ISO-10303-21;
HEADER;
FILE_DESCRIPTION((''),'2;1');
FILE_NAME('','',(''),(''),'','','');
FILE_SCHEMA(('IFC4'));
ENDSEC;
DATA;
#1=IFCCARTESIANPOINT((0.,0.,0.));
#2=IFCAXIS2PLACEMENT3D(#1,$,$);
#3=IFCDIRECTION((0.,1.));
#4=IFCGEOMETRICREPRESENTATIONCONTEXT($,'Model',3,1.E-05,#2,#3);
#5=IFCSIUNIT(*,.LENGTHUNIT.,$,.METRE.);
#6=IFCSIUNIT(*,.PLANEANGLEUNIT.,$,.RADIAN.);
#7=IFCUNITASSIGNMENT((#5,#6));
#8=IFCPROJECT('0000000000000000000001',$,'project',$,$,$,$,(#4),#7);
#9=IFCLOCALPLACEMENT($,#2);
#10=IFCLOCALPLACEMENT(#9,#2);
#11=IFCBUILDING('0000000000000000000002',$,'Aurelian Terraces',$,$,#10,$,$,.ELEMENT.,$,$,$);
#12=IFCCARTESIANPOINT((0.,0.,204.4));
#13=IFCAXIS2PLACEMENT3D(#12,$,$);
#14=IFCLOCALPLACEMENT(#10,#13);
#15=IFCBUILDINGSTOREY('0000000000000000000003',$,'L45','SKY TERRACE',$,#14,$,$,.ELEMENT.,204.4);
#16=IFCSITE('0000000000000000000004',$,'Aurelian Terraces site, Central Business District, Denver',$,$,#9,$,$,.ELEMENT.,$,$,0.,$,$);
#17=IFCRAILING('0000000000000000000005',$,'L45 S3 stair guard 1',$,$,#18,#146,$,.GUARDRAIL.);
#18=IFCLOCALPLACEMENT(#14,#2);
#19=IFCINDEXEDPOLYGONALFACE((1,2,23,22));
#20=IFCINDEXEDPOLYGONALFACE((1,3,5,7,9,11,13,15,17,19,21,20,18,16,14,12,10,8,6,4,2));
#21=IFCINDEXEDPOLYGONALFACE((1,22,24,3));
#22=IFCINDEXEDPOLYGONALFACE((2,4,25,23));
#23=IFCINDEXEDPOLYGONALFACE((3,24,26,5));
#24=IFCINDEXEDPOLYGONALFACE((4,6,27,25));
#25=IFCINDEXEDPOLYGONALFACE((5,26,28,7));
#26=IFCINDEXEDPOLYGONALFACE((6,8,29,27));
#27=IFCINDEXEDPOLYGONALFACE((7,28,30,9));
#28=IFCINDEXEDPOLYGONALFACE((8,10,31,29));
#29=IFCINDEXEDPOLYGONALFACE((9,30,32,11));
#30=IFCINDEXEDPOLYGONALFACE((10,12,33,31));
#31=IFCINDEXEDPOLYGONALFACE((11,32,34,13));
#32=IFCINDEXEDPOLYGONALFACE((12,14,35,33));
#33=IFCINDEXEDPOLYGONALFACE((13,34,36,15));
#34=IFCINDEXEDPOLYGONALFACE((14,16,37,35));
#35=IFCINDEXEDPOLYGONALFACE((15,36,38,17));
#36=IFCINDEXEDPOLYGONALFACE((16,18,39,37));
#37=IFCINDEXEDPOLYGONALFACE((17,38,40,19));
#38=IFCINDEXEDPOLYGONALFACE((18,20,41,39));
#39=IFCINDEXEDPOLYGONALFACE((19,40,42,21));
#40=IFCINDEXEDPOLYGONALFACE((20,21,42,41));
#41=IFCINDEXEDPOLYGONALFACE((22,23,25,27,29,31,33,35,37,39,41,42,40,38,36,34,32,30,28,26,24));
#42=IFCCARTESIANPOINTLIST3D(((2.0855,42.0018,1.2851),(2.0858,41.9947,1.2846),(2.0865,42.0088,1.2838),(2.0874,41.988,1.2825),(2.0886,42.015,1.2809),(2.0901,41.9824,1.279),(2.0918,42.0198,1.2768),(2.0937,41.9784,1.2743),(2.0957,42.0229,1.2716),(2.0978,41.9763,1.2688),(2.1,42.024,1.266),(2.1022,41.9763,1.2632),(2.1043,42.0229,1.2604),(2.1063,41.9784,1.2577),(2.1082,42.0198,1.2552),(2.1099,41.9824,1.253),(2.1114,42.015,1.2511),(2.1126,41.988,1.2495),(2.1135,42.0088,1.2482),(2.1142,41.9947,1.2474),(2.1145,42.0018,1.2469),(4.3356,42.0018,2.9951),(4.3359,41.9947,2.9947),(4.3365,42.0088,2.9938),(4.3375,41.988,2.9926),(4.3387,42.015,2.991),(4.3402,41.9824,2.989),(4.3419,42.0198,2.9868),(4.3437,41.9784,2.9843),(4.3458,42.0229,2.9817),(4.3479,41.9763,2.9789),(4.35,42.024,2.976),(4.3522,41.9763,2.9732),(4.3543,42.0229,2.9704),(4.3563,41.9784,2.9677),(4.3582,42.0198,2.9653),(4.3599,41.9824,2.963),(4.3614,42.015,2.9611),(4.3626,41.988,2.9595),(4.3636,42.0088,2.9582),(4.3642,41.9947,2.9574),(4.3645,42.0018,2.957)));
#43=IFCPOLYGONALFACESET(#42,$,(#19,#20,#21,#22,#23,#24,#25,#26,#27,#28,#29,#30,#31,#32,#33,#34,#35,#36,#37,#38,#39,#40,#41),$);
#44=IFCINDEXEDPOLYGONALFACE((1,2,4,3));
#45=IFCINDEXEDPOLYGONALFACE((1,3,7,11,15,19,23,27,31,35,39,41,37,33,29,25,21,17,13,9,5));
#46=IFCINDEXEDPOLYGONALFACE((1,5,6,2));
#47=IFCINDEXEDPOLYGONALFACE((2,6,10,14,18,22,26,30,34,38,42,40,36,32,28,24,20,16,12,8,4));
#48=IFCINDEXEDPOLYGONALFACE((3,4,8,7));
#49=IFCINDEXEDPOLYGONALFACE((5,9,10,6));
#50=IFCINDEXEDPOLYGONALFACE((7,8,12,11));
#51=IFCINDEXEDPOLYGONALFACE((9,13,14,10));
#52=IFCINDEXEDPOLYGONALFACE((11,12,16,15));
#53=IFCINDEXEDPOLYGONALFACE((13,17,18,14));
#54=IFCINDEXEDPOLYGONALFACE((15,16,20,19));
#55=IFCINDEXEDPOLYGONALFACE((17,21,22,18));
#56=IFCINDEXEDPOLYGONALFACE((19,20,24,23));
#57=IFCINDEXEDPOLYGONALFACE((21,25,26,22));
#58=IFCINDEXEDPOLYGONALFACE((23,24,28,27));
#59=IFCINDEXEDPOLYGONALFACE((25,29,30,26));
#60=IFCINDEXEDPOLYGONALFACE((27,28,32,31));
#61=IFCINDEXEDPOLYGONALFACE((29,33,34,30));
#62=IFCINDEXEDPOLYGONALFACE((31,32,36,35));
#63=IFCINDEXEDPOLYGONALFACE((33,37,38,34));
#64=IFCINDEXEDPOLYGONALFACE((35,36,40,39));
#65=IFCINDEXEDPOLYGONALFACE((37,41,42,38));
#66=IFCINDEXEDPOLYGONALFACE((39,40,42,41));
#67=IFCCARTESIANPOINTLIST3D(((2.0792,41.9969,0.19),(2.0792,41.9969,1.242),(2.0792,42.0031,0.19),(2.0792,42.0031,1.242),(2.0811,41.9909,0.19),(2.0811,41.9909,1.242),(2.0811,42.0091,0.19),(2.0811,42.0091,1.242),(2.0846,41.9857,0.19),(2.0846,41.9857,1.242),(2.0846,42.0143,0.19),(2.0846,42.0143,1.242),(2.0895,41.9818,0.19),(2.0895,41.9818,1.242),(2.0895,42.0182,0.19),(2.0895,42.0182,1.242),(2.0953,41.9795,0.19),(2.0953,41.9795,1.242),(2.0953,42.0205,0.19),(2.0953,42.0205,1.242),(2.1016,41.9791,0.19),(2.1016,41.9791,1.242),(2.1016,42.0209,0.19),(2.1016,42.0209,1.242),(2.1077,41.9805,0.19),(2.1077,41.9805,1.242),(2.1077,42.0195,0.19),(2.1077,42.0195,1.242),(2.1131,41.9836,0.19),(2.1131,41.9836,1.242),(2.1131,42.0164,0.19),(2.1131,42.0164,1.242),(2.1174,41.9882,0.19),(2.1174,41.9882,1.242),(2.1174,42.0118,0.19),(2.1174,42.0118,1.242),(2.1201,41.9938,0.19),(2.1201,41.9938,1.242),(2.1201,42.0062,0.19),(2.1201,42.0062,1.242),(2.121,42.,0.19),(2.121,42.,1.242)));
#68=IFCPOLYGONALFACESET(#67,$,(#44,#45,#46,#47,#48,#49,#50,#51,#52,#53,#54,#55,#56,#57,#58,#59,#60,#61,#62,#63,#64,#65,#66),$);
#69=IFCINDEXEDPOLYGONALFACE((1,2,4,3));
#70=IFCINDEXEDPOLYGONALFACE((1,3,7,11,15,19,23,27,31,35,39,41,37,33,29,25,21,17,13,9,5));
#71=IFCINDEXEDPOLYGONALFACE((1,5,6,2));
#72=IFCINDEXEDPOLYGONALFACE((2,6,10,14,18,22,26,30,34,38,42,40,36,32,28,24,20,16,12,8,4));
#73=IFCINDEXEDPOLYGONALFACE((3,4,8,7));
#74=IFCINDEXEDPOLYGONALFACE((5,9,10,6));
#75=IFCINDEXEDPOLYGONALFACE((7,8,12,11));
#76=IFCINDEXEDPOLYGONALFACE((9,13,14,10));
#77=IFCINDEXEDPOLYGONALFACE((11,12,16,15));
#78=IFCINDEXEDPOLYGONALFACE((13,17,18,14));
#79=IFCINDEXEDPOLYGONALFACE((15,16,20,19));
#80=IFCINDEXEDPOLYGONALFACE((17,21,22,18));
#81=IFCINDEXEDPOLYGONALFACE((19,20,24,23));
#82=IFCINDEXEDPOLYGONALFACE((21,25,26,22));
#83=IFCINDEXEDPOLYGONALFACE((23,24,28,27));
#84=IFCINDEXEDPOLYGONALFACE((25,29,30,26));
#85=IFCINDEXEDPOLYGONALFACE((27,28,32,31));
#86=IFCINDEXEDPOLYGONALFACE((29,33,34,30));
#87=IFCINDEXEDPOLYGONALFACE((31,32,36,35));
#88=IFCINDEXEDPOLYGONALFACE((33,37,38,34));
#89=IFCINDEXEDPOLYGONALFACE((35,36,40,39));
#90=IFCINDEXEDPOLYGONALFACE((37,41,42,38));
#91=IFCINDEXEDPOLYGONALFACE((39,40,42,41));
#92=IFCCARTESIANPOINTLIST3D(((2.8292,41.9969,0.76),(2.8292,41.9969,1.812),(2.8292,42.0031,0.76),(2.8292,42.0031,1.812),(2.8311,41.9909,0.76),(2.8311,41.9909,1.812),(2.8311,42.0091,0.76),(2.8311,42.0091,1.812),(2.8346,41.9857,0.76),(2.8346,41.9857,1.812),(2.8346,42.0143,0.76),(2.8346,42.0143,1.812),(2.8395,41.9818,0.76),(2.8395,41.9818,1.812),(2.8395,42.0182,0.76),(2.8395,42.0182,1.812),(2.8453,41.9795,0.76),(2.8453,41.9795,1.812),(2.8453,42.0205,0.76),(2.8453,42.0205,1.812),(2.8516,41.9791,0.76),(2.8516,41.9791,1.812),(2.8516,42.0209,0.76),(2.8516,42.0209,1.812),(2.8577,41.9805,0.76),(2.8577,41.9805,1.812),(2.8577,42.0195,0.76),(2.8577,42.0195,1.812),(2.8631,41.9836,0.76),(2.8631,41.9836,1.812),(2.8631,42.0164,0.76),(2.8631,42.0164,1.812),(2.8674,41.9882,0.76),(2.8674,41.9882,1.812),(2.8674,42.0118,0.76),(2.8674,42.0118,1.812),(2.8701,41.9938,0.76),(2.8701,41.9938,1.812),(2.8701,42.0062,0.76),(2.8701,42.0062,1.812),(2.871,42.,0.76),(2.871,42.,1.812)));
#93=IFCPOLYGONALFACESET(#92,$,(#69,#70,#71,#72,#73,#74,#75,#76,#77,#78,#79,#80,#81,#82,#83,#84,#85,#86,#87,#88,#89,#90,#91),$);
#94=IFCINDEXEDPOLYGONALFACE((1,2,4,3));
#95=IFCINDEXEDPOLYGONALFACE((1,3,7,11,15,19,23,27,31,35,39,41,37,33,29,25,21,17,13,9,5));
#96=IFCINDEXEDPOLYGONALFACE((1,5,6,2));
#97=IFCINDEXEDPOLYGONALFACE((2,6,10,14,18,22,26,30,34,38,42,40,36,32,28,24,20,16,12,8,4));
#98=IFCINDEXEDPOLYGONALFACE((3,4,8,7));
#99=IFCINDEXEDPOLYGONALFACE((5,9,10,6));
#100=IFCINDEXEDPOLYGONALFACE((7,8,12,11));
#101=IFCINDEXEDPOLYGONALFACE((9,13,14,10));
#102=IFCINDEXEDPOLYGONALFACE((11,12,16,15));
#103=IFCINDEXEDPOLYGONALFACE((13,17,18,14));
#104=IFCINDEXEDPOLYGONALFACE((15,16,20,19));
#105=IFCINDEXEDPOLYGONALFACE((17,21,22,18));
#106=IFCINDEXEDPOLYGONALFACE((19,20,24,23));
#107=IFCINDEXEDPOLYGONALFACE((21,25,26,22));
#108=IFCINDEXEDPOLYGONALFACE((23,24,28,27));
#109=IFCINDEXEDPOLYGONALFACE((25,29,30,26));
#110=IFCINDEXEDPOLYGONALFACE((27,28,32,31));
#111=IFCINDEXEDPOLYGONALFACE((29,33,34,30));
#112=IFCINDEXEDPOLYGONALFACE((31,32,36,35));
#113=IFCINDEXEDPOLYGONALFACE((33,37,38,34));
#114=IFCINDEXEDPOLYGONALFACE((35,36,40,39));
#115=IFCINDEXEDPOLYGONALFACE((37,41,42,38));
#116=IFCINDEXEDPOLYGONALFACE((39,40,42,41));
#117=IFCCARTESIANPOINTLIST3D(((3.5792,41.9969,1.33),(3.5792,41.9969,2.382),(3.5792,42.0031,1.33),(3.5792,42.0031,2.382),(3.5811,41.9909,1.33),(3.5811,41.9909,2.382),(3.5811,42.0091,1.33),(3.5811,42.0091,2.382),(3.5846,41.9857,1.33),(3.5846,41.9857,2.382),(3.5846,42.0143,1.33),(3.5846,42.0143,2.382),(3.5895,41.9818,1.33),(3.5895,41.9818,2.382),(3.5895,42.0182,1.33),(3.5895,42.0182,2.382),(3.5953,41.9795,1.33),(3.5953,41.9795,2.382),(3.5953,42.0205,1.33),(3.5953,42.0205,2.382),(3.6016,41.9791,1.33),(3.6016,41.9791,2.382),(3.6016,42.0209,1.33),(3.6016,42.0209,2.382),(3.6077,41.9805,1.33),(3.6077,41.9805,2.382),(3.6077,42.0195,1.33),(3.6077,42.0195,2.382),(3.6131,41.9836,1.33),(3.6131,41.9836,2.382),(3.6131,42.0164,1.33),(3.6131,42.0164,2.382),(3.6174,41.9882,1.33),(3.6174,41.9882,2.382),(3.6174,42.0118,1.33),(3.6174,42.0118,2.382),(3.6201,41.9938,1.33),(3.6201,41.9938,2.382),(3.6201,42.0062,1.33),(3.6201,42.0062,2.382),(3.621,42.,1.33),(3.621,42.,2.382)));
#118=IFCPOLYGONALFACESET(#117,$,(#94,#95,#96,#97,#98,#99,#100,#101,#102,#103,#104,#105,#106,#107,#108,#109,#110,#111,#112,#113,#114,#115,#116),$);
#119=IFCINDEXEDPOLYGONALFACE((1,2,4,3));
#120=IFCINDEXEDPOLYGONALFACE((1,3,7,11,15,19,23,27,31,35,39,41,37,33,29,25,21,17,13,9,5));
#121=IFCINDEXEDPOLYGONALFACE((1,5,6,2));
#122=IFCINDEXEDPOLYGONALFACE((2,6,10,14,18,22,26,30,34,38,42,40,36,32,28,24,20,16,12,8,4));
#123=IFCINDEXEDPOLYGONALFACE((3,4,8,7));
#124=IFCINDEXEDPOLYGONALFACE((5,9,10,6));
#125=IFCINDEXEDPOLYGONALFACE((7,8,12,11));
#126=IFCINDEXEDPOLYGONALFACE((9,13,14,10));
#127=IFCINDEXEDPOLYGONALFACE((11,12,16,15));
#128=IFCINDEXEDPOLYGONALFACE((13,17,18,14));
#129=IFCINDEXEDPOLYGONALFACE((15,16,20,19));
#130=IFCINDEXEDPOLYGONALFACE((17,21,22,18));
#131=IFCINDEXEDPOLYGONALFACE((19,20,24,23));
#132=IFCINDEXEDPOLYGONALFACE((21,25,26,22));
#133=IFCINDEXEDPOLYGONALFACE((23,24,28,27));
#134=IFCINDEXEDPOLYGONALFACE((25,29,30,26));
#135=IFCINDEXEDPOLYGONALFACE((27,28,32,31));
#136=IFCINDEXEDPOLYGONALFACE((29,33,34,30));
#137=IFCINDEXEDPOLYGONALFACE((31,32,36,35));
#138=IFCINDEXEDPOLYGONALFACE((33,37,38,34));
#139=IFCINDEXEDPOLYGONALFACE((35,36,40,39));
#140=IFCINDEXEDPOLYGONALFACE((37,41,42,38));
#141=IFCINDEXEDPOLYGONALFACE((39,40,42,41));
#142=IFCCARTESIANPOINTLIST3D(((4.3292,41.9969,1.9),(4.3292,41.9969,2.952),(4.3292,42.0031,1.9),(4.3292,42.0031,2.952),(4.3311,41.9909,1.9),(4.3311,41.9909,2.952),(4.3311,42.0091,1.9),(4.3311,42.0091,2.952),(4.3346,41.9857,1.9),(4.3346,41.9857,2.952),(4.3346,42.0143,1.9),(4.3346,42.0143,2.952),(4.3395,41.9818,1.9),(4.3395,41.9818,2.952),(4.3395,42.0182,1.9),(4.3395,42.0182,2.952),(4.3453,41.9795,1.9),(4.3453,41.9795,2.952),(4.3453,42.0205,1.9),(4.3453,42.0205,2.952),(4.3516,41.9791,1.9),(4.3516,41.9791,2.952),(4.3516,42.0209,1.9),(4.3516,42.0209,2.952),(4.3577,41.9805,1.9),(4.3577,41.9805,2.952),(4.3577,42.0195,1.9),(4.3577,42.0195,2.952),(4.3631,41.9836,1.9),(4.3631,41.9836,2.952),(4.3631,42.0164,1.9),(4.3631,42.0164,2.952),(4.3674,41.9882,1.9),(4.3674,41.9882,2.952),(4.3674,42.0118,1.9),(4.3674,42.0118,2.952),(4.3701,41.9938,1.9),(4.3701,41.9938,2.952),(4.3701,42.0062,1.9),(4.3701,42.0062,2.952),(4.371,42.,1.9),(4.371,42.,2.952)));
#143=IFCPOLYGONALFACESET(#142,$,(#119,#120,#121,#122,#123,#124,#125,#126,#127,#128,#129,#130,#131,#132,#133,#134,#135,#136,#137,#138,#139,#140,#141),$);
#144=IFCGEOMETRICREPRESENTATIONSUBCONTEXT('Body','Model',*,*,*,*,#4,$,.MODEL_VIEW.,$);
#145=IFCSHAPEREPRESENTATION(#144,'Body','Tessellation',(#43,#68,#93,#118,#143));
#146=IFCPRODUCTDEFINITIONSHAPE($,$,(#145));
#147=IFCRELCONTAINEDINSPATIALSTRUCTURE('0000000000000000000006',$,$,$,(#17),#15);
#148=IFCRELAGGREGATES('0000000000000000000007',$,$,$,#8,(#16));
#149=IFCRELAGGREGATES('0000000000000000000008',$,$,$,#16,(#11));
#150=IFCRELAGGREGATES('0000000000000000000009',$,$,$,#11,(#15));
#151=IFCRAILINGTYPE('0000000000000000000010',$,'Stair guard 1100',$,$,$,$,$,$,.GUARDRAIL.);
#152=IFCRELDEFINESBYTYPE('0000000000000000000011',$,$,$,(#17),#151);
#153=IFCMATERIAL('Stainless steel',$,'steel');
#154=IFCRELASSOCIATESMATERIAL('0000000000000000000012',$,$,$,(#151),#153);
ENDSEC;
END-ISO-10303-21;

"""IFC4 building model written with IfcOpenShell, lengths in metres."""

from ifc_helpers import new_model, si_unit, direction, frame, origin, origin_2d, place, context, subcontext, project, spatial, circle, extrude, source, transform, mapped, material, type_object, element, save


model = new_model("IFC4")

# Units and contexts
model_context = context("Model", 3, precision=1e-05, world=origin(), true_north=direction((0.0, 1.0)))
body_context = subcontext(model_context, "Body", "Model", "MODEL_VIEW")
ifc_project = project(units=[si_unit("LENGTHUNIT", "METRE"), si_unit("PLANEANGLEUNIT", "RADIAN")], contexts=[model_context])

# Site, building, storey
site_placement = place(None, origin())
site = spatial("IfcSite", under=ifc_project, at=site_placement, Name="Aurelian Terraces site, Central Business District, Denver", CompositionType="ELEMENT", RefElevation=0.0)
building_placement = place(site_placement, origin())
building = spatial("IfcBuilding", under=site, at=building_placement, Name="Aurelian Terraces", CompositionType="ELEMENT")
storey_placement = place(building_placement, frame((0.0, 0.0, 204.4)))
storey = spatial("IfcBuildingStorey", under=building, at=storey_placement, Name="L45", Description="SKY TERRACE", CompositionType="ELEMENT", Elevation=204.4)

# Railing
ifc_material_1 = material(Name="Stainless steel", Category="steel")
railing_type_1 = type_object("IfcRailingType", Name="Stair guard 1100", PredefinedType="GUARDRAIL", material=ifc_material_1)
shared_shape_1 = source(origin(), body_context, "Body", "SweptSolid", [
    extrude(circle(Radius=0.024, at=origin_2d()), frame((0.0, 0.0, 1.076), z_axis=(0.796162, 0.0, 0.605083), x_axis=(0.0, 1.0, 0.0)), (0.0, 0.0, 1.0), 2.8261),
    extrude(circle(Radius=0.021, at=origin_2d()), origin(), (0.0, 0.0, 1.0), 1.052),
    extrude(circle(Radius=0.021, at=origin_2d()), frame((0.75, 0.0, 0.57)), (0.0, 0.0, 1.0), 1.052),
    extrude(circle(Radius=0.021, at=origin_2d()), frame((1.5, 0.0, 1.14)), (0.0, 0.0, 1.0), 1.052),
    extrude(circle(Radius=0.021, at=origin_2d()), frame((2.25, 0.0, 1.71)), (0.0, 0.0, 1.0), 1.052),
])
railing_1_placement = place(storey_placement, frame((2.1, 42.0, 0.19)))
element("IfcRailing", 1, at=railing_1_placement, inside=storey, type_object=railing_type_1, Name="L45 S3 stair guard 1", PredefinedType="GUARDRAIL", context=body_context, shape_type="MappedRepresentation", body=[
    mapped(shared_shape_1, transform((0.0, 0.0, 0.0), scale=1.0)),
])

save(model, "model.ifc")
